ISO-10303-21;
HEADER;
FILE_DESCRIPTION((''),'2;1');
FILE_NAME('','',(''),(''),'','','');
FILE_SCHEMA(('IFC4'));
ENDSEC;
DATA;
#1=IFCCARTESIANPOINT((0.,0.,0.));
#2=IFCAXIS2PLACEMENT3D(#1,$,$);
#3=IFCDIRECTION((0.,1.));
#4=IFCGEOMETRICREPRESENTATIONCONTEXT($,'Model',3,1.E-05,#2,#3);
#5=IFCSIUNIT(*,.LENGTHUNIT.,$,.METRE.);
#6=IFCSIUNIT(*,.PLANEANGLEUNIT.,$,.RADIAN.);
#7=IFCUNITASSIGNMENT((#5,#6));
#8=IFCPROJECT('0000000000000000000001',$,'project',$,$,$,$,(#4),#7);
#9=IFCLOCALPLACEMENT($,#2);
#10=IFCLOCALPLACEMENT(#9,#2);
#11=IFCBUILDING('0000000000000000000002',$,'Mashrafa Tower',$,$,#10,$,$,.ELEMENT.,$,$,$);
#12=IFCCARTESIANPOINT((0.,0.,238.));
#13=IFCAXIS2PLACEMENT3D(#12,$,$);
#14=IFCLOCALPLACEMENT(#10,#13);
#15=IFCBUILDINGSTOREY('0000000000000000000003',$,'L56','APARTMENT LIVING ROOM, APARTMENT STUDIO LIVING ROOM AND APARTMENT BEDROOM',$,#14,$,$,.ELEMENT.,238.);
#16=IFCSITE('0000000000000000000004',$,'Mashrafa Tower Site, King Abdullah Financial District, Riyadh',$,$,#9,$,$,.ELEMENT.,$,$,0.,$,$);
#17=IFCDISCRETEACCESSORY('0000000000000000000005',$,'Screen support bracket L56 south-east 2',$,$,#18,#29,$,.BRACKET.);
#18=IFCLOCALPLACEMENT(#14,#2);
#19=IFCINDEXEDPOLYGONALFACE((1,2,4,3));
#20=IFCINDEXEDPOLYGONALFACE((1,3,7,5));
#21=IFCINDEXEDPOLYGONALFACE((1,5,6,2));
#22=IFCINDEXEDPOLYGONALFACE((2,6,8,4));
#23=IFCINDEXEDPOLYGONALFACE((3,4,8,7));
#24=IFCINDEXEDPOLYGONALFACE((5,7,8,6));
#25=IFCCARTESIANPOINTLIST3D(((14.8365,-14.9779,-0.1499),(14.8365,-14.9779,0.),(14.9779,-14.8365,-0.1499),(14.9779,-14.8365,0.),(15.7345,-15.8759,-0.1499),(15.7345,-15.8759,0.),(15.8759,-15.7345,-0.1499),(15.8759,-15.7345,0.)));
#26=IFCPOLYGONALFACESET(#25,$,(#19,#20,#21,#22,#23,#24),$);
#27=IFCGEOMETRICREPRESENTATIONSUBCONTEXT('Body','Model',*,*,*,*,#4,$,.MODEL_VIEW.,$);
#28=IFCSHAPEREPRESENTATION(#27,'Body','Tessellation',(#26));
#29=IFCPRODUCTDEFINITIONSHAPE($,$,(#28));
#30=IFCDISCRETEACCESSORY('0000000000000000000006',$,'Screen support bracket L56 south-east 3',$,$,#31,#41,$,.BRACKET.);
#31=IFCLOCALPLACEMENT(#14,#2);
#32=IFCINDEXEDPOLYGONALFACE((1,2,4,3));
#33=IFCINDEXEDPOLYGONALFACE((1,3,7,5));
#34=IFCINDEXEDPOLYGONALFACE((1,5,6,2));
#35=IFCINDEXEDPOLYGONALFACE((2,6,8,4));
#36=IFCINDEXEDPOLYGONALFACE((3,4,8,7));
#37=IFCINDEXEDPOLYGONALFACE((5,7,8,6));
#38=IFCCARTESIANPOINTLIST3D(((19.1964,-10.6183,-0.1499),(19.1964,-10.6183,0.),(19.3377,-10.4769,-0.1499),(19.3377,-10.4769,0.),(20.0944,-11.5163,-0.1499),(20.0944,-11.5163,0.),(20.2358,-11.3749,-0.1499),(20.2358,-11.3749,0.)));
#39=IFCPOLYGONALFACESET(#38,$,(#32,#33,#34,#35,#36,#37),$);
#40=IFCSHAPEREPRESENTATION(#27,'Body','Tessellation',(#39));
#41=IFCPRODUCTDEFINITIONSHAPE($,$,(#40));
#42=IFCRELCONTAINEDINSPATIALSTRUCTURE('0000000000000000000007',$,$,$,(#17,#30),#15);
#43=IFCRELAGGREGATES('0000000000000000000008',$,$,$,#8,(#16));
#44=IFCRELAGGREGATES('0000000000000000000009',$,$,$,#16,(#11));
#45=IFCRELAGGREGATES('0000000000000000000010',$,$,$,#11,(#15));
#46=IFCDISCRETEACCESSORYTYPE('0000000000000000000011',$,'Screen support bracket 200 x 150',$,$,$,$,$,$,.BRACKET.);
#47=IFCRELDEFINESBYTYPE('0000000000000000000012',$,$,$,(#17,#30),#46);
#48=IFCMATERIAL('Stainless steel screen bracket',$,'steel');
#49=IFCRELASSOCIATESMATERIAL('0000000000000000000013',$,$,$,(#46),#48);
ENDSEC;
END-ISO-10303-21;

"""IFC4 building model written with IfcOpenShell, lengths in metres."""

from ifc_helpers import new_model, si_unit, direction, frame, origin, origin_2d, place, context, subcontext, project, spatial, rectangle, extrude, source, transform, mapped, material, type_object, type_shapes, element, save


model = new_model("IFC4")

# Units and contexts
model_context = context("Model", 3, precision=1e-05, world=origin(), true_north=direction((0.0, 1.0)))
body_context = subcontext(model_context, "Body", "Model", "MODEL_VIEW")
ifc_project = project(units=[si_unit("LENGTHUNIT", "METRE"), si_unit("PLANEANGLEUNIT", "RADIAN")], contexts=[model_context])

# Site, building, storey
site_placement = place(None, origin())
site = spatial("IfcSite", under=ifc_project, at=site_placement, Name="Mashrafa Tower Site, King Abdullah Financial District, Riyadh", CompositionType="ELEMENT", RefElevation=0.0)
building_placement = place(site_placement, origin())
building = spatial("IfcBuilding", under=site, at=building_placement, Name="Mashrafa Tower", CompositionType="ELEMENT")
storey_placement = place(building_placement, frame((0.0, 0.0, 238.0)))
storey = spatial("IfcBuildingStorey", under=building, at=storey_placement, Name="L56", Description="APARTMENT LIVING ROOM, APARTMENT STUDIO LIVING ROOM AND APARTMENT BEDROOM", CompositionType="ELEMENT", Elevation=238.0)

# Discrete accessories
ifc_material_1 = material(Name="Stainless steel screen bracket", Category="steel")
discrete_accessory_type = type_object("IfcDiscreteAccessoryType", Name="Screen support bracket 200 x 150", PredefinedType="BRACKET", material=ifc_material_1)
shared_shape_1 = source(origin(), body_context, "Body", "SweptSolid", [
    extrude(rectangle(XDim=0.2, YDim=1.27, at=origin_2d()), origin(), (0.0, 0.0, 1.0), 0.1499),
])
type_shapes(discrete_accessory_type, [shared_shape_1])
for number, where, z_axis, x_axis, name in (
    (1, (15.3562, -15.3562, -0.1499), (0.0, 0.0, 1.0), (0.707107, 0.707107, 0.0), "Screen support bracket L56 south-east 2"),
    (2, (19.7161, -10.9966, -0.1499), (0.0, 0.0, 1.0), (0.707107, 0.707107, 0.0), "Screen support bracket L56 south-east 3"),
):
    element("IfcDiscreteAccessory", number, at=place(storey_placement, frame(where, z_axis=z_axis, x_axis=x_axis)), inside=storey, type_object=discrete_accessory_type, Name=name, PredefinedType="BRACKET", context=body_context, shape_type="MappedRepresentation", body=[
        mapped(shared_shape_1, transform((0.0, 0.0, 0.0))),
    ])

save(model, "model.ifc")
